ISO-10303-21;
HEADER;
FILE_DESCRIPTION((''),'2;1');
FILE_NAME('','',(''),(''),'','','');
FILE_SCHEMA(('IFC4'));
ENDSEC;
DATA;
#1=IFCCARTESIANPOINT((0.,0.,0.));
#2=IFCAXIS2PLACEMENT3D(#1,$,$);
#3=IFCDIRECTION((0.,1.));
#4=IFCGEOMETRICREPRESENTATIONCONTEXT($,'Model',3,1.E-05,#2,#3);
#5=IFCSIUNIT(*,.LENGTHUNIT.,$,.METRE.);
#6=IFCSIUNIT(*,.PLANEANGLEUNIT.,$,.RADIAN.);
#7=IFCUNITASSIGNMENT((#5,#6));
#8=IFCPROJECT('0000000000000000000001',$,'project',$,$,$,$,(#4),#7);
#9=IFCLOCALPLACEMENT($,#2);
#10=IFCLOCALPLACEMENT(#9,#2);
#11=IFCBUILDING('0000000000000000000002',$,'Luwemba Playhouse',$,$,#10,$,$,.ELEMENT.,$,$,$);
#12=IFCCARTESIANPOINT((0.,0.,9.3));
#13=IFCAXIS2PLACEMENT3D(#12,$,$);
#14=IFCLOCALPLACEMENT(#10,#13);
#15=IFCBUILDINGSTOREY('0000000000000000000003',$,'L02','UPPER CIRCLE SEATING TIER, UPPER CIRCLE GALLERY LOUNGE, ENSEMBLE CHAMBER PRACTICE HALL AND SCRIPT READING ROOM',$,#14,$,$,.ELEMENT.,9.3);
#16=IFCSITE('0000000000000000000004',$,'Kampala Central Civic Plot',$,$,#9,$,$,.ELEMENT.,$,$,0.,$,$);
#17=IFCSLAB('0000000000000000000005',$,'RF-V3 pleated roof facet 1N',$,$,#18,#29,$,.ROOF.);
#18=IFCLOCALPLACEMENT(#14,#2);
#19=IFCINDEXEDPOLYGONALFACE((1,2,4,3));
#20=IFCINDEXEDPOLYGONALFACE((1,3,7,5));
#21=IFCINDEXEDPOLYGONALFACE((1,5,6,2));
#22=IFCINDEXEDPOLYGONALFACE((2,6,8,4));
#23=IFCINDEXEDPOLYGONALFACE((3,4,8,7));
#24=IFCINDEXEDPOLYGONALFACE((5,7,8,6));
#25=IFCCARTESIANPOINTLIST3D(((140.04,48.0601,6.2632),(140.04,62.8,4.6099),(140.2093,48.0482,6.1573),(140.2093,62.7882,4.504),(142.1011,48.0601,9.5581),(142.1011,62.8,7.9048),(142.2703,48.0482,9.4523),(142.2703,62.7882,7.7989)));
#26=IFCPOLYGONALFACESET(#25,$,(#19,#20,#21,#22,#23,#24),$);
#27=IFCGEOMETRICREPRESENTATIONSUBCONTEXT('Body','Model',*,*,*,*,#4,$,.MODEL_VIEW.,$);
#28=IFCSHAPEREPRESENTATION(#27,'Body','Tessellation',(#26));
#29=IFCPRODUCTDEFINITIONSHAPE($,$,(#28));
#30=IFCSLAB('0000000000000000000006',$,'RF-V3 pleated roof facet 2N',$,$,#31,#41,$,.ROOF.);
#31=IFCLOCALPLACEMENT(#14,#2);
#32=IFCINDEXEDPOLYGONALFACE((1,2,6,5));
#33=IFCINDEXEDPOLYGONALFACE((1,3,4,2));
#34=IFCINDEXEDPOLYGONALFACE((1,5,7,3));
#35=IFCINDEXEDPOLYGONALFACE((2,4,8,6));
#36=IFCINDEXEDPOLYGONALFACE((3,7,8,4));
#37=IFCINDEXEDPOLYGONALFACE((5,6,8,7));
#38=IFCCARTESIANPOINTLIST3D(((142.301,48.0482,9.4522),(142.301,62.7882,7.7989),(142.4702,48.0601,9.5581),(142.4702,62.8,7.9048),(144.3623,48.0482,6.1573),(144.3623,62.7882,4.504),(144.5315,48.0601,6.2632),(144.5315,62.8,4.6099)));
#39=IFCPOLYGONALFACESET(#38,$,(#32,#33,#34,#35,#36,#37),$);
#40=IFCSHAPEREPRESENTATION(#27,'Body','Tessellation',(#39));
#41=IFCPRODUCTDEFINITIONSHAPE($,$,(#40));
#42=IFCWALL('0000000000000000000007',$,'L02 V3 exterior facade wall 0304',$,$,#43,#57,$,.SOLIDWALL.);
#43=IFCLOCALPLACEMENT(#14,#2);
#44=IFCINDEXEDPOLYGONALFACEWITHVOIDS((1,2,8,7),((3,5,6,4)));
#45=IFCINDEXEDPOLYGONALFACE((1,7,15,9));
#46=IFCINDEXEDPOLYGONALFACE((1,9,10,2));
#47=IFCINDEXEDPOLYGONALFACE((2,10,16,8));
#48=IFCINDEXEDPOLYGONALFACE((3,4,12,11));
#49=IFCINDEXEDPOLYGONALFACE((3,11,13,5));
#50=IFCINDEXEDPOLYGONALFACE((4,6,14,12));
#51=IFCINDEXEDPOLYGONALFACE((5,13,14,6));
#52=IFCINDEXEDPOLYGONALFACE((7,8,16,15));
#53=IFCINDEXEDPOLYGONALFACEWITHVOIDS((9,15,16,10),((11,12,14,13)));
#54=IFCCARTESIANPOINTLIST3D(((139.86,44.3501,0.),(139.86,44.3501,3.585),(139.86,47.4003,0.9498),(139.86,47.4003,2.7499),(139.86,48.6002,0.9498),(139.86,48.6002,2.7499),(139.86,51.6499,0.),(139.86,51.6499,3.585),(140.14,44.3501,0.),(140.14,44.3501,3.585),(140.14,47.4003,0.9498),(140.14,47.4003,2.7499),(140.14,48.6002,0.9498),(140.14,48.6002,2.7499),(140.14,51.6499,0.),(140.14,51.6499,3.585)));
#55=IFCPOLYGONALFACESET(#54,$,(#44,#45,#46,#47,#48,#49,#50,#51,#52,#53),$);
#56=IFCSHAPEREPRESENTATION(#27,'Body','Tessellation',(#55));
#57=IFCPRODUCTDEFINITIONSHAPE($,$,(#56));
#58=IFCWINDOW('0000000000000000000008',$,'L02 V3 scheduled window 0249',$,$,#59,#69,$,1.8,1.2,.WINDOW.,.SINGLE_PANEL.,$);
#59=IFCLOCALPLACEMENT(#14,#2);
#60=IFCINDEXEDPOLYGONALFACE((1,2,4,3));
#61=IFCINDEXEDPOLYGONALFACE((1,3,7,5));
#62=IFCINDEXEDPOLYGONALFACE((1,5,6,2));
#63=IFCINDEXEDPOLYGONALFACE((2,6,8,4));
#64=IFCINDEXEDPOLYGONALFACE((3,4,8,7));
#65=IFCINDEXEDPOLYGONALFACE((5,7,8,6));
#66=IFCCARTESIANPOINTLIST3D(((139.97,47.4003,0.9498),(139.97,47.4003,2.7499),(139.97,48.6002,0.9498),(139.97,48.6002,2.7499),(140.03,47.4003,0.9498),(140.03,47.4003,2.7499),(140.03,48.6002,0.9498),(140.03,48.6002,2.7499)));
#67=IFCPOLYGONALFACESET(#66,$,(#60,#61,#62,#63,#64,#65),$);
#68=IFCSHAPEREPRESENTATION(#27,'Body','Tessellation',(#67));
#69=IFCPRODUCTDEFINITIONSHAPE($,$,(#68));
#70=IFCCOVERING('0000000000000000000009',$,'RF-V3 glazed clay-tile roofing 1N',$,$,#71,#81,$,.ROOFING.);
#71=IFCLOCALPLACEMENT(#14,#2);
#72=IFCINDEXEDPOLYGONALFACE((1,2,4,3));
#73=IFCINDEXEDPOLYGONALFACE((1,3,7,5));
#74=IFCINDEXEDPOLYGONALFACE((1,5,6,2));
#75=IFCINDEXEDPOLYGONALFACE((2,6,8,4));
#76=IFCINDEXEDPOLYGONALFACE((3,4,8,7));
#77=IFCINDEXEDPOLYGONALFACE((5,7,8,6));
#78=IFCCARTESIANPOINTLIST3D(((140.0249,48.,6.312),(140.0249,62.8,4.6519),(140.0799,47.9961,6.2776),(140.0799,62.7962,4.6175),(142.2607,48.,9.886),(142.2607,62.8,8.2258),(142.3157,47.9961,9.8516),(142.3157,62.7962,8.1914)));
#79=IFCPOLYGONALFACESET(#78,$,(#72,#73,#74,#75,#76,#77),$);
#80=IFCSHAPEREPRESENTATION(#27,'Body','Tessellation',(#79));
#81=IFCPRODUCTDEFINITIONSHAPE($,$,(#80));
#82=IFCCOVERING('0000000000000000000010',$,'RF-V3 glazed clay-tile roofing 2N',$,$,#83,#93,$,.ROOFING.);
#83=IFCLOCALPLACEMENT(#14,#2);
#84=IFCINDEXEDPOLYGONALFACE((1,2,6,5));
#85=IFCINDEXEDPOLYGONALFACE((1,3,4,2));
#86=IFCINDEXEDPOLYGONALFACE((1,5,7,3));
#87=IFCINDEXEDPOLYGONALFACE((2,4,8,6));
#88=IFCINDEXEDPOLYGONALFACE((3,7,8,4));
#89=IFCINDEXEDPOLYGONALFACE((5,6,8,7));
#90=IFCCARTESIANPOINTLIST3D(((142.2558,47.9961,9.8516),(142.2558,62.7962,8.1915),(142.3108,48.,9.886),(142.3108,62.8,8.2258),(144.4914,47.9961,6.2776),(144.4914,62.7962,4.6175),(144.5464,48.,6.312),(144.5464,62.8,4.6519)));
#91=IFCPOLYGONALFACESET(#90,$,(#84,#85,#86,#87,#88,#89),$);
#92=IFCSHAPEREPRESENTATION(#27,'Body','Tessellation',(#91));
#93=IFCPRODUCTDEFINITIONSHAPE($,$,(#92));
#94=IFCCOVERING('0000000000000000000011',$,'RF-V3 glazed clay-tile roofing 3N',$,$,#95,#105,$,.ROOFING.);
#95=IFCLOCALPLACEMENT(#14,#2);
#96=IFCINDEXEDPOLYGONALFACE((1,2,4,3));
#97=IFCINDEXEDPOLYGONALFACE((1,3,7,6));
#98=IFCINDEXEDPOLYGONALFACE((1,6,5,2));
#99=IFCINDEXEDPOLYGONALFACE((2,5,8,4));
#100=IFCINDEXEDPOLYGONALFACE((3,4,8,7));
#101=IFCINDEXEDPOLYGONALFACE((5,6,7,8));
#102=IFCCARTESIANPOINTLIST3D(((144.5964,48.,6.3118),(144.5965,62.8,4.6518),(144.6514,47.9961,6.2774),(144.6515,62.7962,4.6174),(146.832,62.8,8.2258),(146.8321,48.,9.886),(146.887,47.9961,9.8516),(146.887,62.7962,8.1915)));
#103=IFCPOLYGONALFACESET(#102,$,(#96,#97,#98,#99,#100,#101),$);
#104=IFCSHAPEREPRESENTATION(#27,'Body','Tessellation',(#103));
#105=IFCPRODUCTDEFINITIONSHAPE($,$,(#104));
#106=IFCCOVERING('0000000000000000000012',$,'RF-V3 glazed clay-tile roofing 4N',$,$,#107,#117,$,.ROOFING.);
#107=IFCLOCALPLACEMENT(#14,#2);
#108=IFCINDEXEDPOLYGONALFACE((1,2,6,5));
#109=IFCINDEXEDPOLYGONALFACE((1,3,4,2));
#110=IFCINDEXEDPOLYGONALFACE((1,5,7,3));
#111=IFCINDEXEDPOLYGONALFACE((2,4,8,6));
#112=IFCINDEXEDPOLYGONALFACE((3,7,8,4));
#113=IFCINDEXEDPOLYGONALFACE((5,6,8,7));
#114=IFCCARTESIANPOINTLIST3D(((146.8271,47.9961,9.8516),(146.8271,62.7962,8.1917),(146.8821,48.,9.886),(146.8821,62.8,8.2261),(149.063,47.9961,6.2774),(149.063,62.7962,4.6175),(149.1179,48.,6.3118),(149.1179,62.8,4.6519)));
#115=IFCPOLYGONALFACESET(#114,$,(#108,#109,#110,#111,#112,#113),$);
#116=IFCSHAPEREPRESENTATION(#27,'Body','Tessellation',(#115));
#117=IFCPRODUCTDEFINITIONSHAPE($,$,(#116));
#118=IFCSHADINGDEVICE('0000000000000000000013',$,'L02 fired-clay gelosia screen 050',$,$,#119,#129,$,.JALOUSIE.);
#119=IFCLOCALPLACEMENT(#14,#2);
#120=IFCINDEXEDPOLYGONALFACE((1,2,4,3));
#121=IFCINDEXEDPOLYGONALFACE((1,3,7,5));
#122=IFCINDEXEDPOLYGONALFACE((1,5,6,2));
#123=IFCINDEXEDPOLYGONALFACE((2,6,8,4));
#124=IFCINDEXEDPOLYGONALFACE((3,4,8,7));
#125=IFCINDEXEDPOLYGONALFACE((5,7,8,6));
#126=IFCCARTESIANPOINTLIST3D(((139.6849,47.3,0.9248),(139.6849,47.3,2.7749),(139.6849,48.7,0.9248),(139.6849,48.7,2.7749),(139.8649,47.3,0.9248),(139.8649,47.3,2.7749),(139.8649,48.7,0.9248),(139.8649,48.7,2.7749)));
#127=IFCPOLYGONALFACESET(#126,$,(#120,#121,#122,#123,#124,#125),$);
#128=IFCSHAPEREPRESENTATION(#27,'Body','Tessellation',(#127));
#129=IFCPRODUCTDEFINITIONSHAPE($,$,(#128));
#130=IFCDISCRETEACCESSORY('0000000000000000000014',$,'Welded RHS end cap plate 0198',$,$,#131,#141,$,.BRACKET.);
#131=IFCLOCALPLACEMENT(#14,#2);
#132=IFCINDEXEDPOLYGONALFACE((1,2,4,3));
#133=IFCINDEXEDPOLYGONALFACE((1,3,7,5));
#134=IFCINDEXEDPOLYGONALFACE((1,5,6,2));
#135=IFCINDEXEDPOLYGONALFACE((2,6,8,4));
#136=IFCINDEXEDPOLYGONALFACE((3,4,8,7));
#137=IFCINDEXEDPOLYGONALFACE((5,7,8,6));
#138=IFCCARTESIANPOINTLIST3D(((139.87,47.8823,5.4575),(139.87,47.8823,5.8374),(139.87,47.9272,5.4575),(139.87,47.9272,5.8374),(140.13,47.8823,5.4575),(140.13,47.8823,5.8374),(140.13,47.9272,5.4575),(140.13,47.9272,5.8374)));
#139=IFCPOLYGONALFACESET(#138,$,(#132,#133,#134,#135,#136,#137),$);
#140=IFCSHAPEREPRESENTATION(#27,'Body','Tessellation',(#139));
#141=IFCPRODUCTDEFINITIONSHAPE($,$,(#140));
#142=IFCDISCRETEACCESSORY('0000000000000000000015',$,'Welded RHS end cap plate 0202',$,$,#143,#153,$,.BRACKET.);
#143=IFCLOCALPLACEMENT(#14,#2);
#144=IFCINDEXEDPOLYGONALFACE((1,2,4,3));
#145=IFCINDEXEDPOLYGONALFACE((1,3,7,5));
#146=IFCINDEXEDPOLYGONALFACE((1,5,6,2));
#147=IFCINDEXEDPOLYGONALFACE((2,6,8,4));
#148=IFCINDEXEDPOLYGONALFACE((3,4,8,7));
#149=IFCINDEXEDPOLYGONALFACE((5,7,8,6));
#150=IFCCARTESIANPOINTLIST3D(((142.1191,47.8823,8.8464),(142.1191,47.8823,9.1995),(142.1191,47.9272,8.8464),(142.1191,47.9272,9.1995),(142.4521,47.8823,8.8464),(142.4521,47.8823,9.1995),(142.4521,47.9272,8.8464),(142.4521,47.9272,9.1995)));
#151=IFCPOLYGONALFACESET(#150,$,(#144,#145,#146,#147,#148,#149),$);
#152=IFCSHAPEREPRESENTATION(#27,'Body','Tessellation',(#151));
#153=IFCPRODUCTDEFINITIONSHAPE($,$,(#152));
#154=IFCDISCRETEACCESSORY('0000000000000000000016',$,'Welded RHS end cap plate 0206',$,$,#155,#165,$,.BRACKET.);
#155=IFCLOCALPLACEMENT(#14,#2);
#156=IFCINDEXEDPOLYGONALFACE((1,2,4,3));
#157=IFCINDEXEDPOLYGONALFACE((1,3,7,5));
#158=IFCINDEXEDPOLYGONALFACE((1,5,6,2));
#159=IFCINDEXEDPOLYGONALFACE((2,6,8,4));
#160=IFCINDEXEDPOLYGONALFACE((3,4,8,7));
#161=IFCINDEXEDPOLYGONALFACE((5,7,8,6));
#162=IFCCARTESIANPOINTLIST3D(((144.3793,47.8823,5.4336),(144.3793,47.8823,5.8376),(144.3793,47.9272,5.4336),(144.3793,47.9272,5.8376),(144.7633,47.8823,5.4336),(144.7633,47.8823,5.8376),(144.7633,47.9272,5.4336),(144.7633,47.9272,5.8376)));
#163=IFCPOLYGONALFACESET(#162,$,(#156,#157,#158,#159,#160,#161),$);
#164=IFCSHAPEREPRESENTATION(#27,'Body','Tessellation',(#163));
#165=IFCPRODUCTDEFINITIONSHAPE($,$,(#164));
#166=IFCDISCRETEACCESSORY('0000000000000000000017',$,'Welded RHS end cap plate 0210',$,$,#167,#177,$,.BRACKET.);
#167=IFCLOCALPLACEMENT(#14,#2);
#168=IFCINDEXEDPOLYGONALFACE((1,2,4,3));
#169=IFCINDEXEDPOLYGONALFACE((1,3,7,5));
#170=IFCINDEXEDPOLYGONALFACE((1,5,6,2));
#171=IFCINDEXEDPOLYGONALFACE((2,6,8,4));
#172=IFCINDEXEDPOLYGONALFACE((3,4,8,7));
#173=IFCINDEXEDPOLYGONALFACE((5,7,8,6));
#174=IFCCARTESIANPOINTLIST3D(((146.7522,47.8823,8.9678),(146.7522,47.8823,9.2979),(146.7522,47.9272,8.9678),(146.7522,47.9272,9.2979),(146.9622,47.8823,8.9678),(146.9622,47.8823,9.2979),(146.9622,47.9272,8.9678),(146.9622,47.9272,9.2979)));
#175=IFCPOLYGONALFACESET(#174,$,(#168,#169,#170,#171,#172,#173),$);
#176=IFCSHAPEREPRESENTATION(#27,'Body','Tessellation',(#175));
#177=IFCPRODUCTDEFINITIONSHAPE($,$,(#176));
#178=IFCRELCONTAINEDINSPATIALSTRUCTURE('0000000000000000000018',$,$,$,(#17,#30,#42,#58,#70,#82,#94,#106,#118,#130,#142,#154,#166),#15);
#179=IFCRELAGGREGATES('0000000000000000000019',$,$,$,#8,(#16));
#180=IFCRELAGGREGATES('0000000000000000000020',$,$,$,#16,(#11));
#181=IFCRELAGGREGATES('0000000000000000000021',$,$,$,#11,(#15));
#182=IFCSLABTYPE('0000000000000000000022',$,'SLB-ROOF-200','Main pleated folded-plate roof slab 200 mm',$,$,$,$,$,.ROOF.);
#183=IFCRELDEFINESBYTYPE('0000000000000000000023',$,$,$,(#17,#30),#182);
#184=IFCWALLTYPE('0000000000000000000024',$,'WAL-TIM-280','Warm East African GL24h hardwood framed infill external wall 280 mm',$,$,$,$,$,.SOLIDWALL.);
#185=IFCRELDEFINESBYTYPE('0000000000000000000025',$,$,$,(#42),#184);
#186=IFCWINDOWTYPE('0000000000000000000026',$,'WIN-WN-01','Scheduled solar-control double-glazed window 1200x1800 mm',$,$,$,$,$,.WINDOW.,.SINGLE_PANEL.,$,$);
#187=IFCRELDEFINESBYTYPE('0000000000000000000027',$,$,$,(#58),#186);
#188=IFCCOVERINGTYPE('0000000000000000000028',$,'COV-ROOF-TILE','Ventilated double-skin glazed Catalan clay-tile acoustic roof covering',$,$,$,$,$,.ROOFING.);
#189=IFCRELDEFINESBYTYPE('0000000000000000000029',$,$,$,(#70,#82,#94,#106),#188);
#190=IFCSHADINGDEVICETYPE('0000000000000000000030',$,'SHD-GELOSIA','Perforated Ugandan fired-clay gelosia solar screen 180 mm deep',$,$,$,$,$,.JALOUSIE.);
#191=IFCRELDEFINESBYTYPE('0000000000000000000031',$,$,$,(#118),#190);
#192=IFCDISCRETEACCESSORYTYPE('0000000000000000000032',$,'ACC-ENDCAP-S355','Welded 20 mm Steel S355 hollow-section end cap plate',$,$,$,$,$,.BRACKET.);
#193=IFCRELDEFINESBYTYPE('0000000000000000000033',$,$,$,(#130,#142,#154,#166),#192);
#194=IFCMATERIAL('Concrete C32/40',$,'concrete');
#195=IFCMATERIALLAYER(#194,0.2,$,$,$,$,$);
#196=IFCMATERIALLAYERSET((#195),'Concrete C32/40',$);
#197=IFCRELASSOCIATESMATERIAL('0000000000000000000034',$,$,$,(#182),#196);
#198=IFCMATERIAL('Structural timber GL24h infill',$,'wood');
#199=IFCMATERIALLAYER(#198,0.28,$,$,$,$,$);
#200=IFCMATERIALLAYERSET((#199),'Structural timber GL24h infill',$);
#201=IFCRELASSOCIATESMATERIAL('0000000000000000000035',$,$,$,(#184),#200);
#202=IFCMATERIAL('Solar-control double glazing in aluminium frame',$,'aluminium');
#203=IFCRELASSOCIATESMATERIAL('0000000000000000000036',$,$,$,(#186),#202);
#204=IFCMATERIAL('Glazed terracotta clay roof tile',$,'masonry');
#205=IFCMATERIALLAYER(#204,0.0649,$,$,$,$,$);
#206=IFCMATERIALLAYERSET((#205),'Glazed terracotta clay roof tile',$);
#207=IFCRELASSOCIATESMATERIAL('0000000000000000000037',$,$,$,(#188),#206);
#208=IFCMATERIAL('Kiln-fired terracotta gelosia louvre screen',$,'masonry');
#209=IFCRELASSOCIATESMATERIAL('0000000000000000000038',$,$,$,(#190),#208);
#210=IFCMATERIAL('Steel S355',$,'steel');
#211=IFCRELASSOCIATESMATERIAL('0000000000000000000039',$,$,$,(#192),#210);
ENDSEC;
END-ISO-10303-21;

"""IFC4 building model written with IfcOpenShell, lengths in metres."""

from ifc_helpers import new_model, si_unit, direction, frame, frame_2d, origin, origin_2d, place, context, subcontext, project, spatial, polyline, rectangle, outline, extrude, material, layer, layer_set, type_object, element, fill, save


model = new_model("IFC4")

# Units and contexts
model_context = context("Model", 3, precision=1e-05, world=origin(), true_north=direction((0.0, 1.0)))
body_context = subcontext(model_context, "Body", "Model", "MODEL_VIEW")
ifc_project = project(units=[si_unit("LENGTHUNIT", "METRE"), si_unit("PLANEANGLEUNIT", "RADIAN")], contexts=[model_context])

# Site, building, storey
site_placement = place(None, origin())
site = spatial("IfcSite", under=ifc_project, at=site_placement, Name="Kampala Central Civic Plot", CompositionType="ELEMENT", RefElevation=0.0)
building_placement = place(site_placement, origin())
building = spatial("IfcBuilding", under=site, at=building_placement, Name="Luwemba Playhouse", CompositionType="ELEMENT")
storey_placement = place(building_placement, frame((0.0, 0.0, 9.3)))
storey = spatial("IfcBuildingStorey", under=building, at=storey_placement, Name="L02", Description="UPPER CIRCLE SEATING TIER, UPPER CIRCLE GALLERY LOUNGE, ENSEMBLE CHAMBER PRACTICE HALL AND SCRIPT READING ROOM", CompositionType="ELEMENT", Elevation=9.3)

# Shared definitions
ifc_material_1 = material(Name="Steel S355", Category="steel")

# Slabs
ifc_material_2 = material(Name="Concrete C32/40", Category="concrete")
ifc_layer_1 = layer(ifc_material_2, 0.2)
ifc_layer_set_1 = layer_set([ifc_layer_1], Name="Concrete C32/40")
slab_type = type_object("IfcSlabType", Name="SLB-ROOF-200", Description="Main pleated folded-plate roof slab 200 mm", PredefinedType="ROOF", material=ifc_layer_set_1)
slab_1_placement = place(storey_placement, frame((140.04, 48.0601, 6.2632), z_axis=(-0.846305, 0.059378, 0.529379), x_axis=(0.530315, 0.0, 0.847801)))
element("IfcSlab", 1, at=slab_1_placement, inside=storey, type_object=slab_type, Name="RF-V3 pleated roof facet 1N", PredefinedType="ROOF", context=body_context, shape_type="SweptSolid", body=[
    extrude(outline(polyline([(0.0, 0.0), (3.8864, 0.0), (2.4847, 14.766), (-1.4017, 14.766), (0.0, 0.0)])), origin(), (0.0, 0.0, -1.0), 0.2),
])
slab_2_placement = place(storey_placement, frame((142.4702, 48.0601, 9.5581), z_axis=(0.846276, 0.059383, 0.529424), x_axis=(0.53036, 0.0, -0.847772)))
element("IfcSlab", 2, at=slab_2_placement, inside=storey, type_object=slab_type, Name="RF-V3 pleated roof facet 2N", PredefinedType="ROOF", context=body_context, shape_type="SweptSolid", body=[
    extrude(outline(polyline([(0.0, 0.0), (3.8866, 0.0), (5.2882, 14.766), (1.4016, 14.766), (0.0, 0.0)])), origin(), (0.0, 0.0, -1.0), 0.2),
])

# Wall, opening, window
ifc_material_3 = material(Name="Structural timber GL24h infill", Category="wood")
ifc_layer_2 = layer(ifc_material_3, 0.28)
ifc_layer_set_2 = layer_set([ifc_layer_2], Name="Structural timber GL24h infill")
wall_type = type_object("IfcWallType", Name="WAL-TIM-280", Description="Warm East African GL24h hardwood framed infill external wall 280 mm", PredefinedType="SOLIDWALL", material=ifc_layer_set_2)
wall_placement = place(storey_placement, frame((140.0, 44.3501, 0.0), z_axis=(0.0, 0.0, 1.0), x_axis=(0.0, 1.0, 0.0)))
wall = element("IfcWall", 3, at=wall_placement, inside=storey, type_object=wall_type, Name="L02 V3 exterior facade wall 0304", PredefinedType="SOLIDWALL", context=body_context, shape_type="SweptSolid", body=[
    extrude(rectangle(XDim=7.2998, YDim=0.28, at=frame_2d((3.6499, 0.0))), origin(), (0.0, 0.0, 1.0), 3.585),
])
opening_placement = place(wall_placement, frame((3.05, 0.0, 0.95)))
opening = element("IfcOpeningElement", 4, at=opening_placement, cuts=wall, PredefinedType="OPENING", context=body_context, shape_type="SweptSolid", body=[
    extrude(rectangle(XDim=1.2, YDim=1.8, at=frame_2d((0.6001, 0.8999))), frame((0.0, 0.1499, 0.0), z_axis=(0.0, -1.0, 0.0), x_axis=(1.0, 0.0, 0.0)), (0.0, 0.0, 1.0), 0.3),
])
ifc_material_4 = material(Name="Solar-control double glazing in aluminium frame", Category="aluminium")
window_type = type_object("IfcWindowType", Name="WIN-WN-01", Description="Scheduled solar-control double-glazed window 1200x1800 mm", PartitioningType="SINGLE_PANEL", PredefinedType="WINDOW", material=ifc_material_4)
window_placement = place(opening_placement, origin())
window = element("IfcWindow", 5, at=window_placement, inside=storey, type_object=window_type, Name="L02 V3 scheduled window 0249", OverallHeight=1.8, OverallWidth=1.2, PartitioningType="SINGLE_PANEL", PredefinedType="WINDOW", context=body_context, shape_type="SweptSolid", body=[
    extrude(rectangle(XDim=1.2, YDim=1.8, at=frame_2d((0.6001, 0.8999))), frame((0.0, 0.03, 0.0), z_axis=(0.0, -1.0, 0.0), x_axis=(1.0, 0.0, 0.0)), (0.0, 0.0, 1.0), 0.0601),
])
fill(opening, window)

# Coverings
ifc_material_5 = material(Name="Glazed terracotta clay roof tile", Category="masonry")
ifc_layer_3 = layer(ifc_material_5, 0.0649)
ifc_layer_set_3 = layer_set([ifc_layer_3], Name="Glazed terracotta clay roof tile")
covering_type = type_object("IfcCoveringType", Name="COV-ROOF-TILE", Description="Ventilated double-skin glazed Catalan clay-tile acoustic roof covering", PredefinedType="ROOFING", material=ifc_layer_set_3)
covering_1_placement = place(storey_placement, frame((140.0249, 48.0, 6.312), z_axis=(-0.846277, 0.059387, 0.529422), x_axis=(0.530358, 0.0, 0.847774)))
element("IfcCovering", 6, at=covering_1_placement, inside=storey, type_object=covering_type, Name="RF-V3 glazed clay-tile roofing 1N", PredefinedType="ROOFING", context=body_context, shape_type="SweptSolid", body=[
    extrude(outline(polyline([(0.0, 0.0), (4.2157, 0.0), (2.8083, 14.8262), (-1.4074, 14.8262), (0.0, 0.0)])), origin(), (0.0, 0.0, -1.0), 0.0649),
])
covering_2_placement = place(storey_placement, frame((142.3108, 48.0, 9.886), z_axis=(0.846304, 0.059382, 0.529381), x_axis=(0.530316, 0.0, -0.8478)))
element("IfcCovering", 7, at=covering_2_placement, inside=storey, type_object=covering_type, Name="RF-V3 glazed clay-tile roofing 2N", PredefinedType="ROOFING", context=body_context, shape_type="SweptSolid", body=[
    extrude(outline(polyline([(0.0, 0.0), (4.2156, 0.0), (5.6231, 14.8262), (1.4075, 14.8262), (0.0, 0.0)])), origin(), (0.0, 0.0, -1.0), 0.0649),
])
covering_3_placement = place(storey_placement, frame((144.5964, 48.0, 6.3118), z_axis=(-0.846312, 0.059376, 0.529368), x_axis=(0.530303, -0.000001, 0.847808)))
element("IfcCovering", 8, at=covering_3_placement, inside=storey, type_object=covering_type, Name="RF-V3 glazed clay-tile roofing 3N", PredefinedType="ROOFING", context=body_context, shape_type="SweptSolid", body=[
    extrude(outline(polyline([(0.0, 0.0), (4.2158, 0.0), (2.8083, 14.8262), (-1.4073, 14.8262), (0.0, 0.0)])), origin(), (0.0, 0.0, -1.0), 0.0649),
])
covering_4_placement = place(storey_placement, frame((146.8821, 48.0, 9.886), z_axis=(0.846294, 0.059375, 0.529396), x_axis=(0.530332, 0.0, -0.84779)))
element("IfcCovering", 9, at=covering_4_placement, inside=storey, type_object=covering_type, Name="RF-V3 glazed clay-tile roofing 4N", PredefinedType="ROOFING", context=body_context, shape_type="SweptSolid", body=[
    extrude(outline(polyline([(0.0, 0.0), (4.2159, 0.0), (5.6232, 14.8262), (1.4073, 14.8262), (0.0, 0.0)])), origin(), (0.0, 0.0, -1.0), 0.0649),
])

# Shading device
ifc_material_6 = material(Name="Kiln-fired terracotta gelosia louvre screen", Category="masonry")
shading_device_type = type_object("IfcShadingDeviceType", Name="SHD-GELOSIA", Description="Perforated Ugandan fired-clay gelosia solar screen 180 mm deep", PredefinedType="JALOUSIE", material=ifc_material_6)
shading_device_placement = place(storey_placement, frame((139.7749, 48.0, 0.9248), z_axis=(0.0, 0.0, 1.0), x_axis=(0.0, 1.0, 0.0)))
element("IfcShadingDevice", 10, at=shading_device_placement, inside=storey, type_object=shading_device_type, Name="L02 fired-clay gelosia screen 050", PredefinedType="JALOUSIE", context=body_context, shape_type="SweptSolid", body=[
    extrude(rectangle(XDim=1.3999, YDim=0.1799, at=origin_2d()), origin(), (0.0, 0.0, 1.0), 1.8501),
])

# Discrete accessories
discrete_accessory_type = type_object("IfcDiscreteAccessoryType", Name="ACC-ENDCAP-S355", Description="Welded 20 mm Steel S355 hollow-section end cap plate", PredefinedType="BRACKET", material=ifc_material_1)
discrete_accessory_1_placement = place(storey_placement, frame((140.0, 47.9048, 5.4575), z_axis=(0.0, 0.0, 1.0), x_axis=(1.0, 0.0, 0.0)))
element("IfcDiscreteAccessory", 11, at=discrete_accessory_1_placement, inside=storey, type_object=discrete_accessory_type, Name="Welded RHS end cap plate 0198", PredefinedType="BRACKET", context=body_context, shape_type="SweptSolid", body=[
    extrude(rectangle(XDim=0.26, YDim=0.0449, at=origin_2d()), origin(), (0.0, 0.0, 1.0), 0.3799),
])
discrete_accessory_2_placement = place(storey_placement, frame((142.2856, 47.9048, 8.8464), z_axis=(0.0, 0.0, 1.0), x_axis=(1.0, 0.0, 0.0)))
element("IfcDiscreteAccessory", 12, at=discrete_accessory_2_placement, inside=storey, type_object=discrete_accessory_type, Name="Welded RHS end cap plate 0202", PredefinedType="BRACKET", context=body_context, shape_type="SweptSolid", body=[
    extrude(rectangle(XDim=0.333, YDim=0.0449, at=origin_2d()), origin(), (0.0, 0.0, 1.0), 0.353),
])
discrete_accessory_3_placement = place(storey_placement, frame((144.5713, 47.9048, 5.4336), z_axis=(0.0, 0.0, 1.0), x_axis=(1.0, 0.0, 0.0)))
element("IfcDiscreteAccessory", 13, at=discrete_accessory_3_placement, inside=storey, type_object=discrete_accessory_type, Name="Welded RHS end cap plate 0206", PredefinedType="BRACKET", context=body_context, shape_type="SweptSolid", body=[
    extrude(rectangle(XDim=0.384, YDim=0.0449, at=origin_2d()), origin(), (0.0, 0.0, 1.0), 0.4041),
])
discrete_accessory_4_placement = place(storey_placement, frame((146.8572, 47.9048, 8.9678), z_axis=(0.0, 0.0, 1.0), x_axis=(1.0, 0.0, 0.0)))
element("IfcDiscreteAccessory", 14, at=discrete_accessory_4_placement, inside=storey, type_object=discrete_accessory_type, Name="Welded RHS end cap plate 0210", PredefinedType="BRACKET", context=body_context, shape_type="SweptSolid", body=[
    extrude(rectangle(XDim=0.21, YDim=0.0449, at=origin_2d()), origin(), (0.0, 0.0, 1.0), 0.3301),
])

save(model, "model.ifc")
